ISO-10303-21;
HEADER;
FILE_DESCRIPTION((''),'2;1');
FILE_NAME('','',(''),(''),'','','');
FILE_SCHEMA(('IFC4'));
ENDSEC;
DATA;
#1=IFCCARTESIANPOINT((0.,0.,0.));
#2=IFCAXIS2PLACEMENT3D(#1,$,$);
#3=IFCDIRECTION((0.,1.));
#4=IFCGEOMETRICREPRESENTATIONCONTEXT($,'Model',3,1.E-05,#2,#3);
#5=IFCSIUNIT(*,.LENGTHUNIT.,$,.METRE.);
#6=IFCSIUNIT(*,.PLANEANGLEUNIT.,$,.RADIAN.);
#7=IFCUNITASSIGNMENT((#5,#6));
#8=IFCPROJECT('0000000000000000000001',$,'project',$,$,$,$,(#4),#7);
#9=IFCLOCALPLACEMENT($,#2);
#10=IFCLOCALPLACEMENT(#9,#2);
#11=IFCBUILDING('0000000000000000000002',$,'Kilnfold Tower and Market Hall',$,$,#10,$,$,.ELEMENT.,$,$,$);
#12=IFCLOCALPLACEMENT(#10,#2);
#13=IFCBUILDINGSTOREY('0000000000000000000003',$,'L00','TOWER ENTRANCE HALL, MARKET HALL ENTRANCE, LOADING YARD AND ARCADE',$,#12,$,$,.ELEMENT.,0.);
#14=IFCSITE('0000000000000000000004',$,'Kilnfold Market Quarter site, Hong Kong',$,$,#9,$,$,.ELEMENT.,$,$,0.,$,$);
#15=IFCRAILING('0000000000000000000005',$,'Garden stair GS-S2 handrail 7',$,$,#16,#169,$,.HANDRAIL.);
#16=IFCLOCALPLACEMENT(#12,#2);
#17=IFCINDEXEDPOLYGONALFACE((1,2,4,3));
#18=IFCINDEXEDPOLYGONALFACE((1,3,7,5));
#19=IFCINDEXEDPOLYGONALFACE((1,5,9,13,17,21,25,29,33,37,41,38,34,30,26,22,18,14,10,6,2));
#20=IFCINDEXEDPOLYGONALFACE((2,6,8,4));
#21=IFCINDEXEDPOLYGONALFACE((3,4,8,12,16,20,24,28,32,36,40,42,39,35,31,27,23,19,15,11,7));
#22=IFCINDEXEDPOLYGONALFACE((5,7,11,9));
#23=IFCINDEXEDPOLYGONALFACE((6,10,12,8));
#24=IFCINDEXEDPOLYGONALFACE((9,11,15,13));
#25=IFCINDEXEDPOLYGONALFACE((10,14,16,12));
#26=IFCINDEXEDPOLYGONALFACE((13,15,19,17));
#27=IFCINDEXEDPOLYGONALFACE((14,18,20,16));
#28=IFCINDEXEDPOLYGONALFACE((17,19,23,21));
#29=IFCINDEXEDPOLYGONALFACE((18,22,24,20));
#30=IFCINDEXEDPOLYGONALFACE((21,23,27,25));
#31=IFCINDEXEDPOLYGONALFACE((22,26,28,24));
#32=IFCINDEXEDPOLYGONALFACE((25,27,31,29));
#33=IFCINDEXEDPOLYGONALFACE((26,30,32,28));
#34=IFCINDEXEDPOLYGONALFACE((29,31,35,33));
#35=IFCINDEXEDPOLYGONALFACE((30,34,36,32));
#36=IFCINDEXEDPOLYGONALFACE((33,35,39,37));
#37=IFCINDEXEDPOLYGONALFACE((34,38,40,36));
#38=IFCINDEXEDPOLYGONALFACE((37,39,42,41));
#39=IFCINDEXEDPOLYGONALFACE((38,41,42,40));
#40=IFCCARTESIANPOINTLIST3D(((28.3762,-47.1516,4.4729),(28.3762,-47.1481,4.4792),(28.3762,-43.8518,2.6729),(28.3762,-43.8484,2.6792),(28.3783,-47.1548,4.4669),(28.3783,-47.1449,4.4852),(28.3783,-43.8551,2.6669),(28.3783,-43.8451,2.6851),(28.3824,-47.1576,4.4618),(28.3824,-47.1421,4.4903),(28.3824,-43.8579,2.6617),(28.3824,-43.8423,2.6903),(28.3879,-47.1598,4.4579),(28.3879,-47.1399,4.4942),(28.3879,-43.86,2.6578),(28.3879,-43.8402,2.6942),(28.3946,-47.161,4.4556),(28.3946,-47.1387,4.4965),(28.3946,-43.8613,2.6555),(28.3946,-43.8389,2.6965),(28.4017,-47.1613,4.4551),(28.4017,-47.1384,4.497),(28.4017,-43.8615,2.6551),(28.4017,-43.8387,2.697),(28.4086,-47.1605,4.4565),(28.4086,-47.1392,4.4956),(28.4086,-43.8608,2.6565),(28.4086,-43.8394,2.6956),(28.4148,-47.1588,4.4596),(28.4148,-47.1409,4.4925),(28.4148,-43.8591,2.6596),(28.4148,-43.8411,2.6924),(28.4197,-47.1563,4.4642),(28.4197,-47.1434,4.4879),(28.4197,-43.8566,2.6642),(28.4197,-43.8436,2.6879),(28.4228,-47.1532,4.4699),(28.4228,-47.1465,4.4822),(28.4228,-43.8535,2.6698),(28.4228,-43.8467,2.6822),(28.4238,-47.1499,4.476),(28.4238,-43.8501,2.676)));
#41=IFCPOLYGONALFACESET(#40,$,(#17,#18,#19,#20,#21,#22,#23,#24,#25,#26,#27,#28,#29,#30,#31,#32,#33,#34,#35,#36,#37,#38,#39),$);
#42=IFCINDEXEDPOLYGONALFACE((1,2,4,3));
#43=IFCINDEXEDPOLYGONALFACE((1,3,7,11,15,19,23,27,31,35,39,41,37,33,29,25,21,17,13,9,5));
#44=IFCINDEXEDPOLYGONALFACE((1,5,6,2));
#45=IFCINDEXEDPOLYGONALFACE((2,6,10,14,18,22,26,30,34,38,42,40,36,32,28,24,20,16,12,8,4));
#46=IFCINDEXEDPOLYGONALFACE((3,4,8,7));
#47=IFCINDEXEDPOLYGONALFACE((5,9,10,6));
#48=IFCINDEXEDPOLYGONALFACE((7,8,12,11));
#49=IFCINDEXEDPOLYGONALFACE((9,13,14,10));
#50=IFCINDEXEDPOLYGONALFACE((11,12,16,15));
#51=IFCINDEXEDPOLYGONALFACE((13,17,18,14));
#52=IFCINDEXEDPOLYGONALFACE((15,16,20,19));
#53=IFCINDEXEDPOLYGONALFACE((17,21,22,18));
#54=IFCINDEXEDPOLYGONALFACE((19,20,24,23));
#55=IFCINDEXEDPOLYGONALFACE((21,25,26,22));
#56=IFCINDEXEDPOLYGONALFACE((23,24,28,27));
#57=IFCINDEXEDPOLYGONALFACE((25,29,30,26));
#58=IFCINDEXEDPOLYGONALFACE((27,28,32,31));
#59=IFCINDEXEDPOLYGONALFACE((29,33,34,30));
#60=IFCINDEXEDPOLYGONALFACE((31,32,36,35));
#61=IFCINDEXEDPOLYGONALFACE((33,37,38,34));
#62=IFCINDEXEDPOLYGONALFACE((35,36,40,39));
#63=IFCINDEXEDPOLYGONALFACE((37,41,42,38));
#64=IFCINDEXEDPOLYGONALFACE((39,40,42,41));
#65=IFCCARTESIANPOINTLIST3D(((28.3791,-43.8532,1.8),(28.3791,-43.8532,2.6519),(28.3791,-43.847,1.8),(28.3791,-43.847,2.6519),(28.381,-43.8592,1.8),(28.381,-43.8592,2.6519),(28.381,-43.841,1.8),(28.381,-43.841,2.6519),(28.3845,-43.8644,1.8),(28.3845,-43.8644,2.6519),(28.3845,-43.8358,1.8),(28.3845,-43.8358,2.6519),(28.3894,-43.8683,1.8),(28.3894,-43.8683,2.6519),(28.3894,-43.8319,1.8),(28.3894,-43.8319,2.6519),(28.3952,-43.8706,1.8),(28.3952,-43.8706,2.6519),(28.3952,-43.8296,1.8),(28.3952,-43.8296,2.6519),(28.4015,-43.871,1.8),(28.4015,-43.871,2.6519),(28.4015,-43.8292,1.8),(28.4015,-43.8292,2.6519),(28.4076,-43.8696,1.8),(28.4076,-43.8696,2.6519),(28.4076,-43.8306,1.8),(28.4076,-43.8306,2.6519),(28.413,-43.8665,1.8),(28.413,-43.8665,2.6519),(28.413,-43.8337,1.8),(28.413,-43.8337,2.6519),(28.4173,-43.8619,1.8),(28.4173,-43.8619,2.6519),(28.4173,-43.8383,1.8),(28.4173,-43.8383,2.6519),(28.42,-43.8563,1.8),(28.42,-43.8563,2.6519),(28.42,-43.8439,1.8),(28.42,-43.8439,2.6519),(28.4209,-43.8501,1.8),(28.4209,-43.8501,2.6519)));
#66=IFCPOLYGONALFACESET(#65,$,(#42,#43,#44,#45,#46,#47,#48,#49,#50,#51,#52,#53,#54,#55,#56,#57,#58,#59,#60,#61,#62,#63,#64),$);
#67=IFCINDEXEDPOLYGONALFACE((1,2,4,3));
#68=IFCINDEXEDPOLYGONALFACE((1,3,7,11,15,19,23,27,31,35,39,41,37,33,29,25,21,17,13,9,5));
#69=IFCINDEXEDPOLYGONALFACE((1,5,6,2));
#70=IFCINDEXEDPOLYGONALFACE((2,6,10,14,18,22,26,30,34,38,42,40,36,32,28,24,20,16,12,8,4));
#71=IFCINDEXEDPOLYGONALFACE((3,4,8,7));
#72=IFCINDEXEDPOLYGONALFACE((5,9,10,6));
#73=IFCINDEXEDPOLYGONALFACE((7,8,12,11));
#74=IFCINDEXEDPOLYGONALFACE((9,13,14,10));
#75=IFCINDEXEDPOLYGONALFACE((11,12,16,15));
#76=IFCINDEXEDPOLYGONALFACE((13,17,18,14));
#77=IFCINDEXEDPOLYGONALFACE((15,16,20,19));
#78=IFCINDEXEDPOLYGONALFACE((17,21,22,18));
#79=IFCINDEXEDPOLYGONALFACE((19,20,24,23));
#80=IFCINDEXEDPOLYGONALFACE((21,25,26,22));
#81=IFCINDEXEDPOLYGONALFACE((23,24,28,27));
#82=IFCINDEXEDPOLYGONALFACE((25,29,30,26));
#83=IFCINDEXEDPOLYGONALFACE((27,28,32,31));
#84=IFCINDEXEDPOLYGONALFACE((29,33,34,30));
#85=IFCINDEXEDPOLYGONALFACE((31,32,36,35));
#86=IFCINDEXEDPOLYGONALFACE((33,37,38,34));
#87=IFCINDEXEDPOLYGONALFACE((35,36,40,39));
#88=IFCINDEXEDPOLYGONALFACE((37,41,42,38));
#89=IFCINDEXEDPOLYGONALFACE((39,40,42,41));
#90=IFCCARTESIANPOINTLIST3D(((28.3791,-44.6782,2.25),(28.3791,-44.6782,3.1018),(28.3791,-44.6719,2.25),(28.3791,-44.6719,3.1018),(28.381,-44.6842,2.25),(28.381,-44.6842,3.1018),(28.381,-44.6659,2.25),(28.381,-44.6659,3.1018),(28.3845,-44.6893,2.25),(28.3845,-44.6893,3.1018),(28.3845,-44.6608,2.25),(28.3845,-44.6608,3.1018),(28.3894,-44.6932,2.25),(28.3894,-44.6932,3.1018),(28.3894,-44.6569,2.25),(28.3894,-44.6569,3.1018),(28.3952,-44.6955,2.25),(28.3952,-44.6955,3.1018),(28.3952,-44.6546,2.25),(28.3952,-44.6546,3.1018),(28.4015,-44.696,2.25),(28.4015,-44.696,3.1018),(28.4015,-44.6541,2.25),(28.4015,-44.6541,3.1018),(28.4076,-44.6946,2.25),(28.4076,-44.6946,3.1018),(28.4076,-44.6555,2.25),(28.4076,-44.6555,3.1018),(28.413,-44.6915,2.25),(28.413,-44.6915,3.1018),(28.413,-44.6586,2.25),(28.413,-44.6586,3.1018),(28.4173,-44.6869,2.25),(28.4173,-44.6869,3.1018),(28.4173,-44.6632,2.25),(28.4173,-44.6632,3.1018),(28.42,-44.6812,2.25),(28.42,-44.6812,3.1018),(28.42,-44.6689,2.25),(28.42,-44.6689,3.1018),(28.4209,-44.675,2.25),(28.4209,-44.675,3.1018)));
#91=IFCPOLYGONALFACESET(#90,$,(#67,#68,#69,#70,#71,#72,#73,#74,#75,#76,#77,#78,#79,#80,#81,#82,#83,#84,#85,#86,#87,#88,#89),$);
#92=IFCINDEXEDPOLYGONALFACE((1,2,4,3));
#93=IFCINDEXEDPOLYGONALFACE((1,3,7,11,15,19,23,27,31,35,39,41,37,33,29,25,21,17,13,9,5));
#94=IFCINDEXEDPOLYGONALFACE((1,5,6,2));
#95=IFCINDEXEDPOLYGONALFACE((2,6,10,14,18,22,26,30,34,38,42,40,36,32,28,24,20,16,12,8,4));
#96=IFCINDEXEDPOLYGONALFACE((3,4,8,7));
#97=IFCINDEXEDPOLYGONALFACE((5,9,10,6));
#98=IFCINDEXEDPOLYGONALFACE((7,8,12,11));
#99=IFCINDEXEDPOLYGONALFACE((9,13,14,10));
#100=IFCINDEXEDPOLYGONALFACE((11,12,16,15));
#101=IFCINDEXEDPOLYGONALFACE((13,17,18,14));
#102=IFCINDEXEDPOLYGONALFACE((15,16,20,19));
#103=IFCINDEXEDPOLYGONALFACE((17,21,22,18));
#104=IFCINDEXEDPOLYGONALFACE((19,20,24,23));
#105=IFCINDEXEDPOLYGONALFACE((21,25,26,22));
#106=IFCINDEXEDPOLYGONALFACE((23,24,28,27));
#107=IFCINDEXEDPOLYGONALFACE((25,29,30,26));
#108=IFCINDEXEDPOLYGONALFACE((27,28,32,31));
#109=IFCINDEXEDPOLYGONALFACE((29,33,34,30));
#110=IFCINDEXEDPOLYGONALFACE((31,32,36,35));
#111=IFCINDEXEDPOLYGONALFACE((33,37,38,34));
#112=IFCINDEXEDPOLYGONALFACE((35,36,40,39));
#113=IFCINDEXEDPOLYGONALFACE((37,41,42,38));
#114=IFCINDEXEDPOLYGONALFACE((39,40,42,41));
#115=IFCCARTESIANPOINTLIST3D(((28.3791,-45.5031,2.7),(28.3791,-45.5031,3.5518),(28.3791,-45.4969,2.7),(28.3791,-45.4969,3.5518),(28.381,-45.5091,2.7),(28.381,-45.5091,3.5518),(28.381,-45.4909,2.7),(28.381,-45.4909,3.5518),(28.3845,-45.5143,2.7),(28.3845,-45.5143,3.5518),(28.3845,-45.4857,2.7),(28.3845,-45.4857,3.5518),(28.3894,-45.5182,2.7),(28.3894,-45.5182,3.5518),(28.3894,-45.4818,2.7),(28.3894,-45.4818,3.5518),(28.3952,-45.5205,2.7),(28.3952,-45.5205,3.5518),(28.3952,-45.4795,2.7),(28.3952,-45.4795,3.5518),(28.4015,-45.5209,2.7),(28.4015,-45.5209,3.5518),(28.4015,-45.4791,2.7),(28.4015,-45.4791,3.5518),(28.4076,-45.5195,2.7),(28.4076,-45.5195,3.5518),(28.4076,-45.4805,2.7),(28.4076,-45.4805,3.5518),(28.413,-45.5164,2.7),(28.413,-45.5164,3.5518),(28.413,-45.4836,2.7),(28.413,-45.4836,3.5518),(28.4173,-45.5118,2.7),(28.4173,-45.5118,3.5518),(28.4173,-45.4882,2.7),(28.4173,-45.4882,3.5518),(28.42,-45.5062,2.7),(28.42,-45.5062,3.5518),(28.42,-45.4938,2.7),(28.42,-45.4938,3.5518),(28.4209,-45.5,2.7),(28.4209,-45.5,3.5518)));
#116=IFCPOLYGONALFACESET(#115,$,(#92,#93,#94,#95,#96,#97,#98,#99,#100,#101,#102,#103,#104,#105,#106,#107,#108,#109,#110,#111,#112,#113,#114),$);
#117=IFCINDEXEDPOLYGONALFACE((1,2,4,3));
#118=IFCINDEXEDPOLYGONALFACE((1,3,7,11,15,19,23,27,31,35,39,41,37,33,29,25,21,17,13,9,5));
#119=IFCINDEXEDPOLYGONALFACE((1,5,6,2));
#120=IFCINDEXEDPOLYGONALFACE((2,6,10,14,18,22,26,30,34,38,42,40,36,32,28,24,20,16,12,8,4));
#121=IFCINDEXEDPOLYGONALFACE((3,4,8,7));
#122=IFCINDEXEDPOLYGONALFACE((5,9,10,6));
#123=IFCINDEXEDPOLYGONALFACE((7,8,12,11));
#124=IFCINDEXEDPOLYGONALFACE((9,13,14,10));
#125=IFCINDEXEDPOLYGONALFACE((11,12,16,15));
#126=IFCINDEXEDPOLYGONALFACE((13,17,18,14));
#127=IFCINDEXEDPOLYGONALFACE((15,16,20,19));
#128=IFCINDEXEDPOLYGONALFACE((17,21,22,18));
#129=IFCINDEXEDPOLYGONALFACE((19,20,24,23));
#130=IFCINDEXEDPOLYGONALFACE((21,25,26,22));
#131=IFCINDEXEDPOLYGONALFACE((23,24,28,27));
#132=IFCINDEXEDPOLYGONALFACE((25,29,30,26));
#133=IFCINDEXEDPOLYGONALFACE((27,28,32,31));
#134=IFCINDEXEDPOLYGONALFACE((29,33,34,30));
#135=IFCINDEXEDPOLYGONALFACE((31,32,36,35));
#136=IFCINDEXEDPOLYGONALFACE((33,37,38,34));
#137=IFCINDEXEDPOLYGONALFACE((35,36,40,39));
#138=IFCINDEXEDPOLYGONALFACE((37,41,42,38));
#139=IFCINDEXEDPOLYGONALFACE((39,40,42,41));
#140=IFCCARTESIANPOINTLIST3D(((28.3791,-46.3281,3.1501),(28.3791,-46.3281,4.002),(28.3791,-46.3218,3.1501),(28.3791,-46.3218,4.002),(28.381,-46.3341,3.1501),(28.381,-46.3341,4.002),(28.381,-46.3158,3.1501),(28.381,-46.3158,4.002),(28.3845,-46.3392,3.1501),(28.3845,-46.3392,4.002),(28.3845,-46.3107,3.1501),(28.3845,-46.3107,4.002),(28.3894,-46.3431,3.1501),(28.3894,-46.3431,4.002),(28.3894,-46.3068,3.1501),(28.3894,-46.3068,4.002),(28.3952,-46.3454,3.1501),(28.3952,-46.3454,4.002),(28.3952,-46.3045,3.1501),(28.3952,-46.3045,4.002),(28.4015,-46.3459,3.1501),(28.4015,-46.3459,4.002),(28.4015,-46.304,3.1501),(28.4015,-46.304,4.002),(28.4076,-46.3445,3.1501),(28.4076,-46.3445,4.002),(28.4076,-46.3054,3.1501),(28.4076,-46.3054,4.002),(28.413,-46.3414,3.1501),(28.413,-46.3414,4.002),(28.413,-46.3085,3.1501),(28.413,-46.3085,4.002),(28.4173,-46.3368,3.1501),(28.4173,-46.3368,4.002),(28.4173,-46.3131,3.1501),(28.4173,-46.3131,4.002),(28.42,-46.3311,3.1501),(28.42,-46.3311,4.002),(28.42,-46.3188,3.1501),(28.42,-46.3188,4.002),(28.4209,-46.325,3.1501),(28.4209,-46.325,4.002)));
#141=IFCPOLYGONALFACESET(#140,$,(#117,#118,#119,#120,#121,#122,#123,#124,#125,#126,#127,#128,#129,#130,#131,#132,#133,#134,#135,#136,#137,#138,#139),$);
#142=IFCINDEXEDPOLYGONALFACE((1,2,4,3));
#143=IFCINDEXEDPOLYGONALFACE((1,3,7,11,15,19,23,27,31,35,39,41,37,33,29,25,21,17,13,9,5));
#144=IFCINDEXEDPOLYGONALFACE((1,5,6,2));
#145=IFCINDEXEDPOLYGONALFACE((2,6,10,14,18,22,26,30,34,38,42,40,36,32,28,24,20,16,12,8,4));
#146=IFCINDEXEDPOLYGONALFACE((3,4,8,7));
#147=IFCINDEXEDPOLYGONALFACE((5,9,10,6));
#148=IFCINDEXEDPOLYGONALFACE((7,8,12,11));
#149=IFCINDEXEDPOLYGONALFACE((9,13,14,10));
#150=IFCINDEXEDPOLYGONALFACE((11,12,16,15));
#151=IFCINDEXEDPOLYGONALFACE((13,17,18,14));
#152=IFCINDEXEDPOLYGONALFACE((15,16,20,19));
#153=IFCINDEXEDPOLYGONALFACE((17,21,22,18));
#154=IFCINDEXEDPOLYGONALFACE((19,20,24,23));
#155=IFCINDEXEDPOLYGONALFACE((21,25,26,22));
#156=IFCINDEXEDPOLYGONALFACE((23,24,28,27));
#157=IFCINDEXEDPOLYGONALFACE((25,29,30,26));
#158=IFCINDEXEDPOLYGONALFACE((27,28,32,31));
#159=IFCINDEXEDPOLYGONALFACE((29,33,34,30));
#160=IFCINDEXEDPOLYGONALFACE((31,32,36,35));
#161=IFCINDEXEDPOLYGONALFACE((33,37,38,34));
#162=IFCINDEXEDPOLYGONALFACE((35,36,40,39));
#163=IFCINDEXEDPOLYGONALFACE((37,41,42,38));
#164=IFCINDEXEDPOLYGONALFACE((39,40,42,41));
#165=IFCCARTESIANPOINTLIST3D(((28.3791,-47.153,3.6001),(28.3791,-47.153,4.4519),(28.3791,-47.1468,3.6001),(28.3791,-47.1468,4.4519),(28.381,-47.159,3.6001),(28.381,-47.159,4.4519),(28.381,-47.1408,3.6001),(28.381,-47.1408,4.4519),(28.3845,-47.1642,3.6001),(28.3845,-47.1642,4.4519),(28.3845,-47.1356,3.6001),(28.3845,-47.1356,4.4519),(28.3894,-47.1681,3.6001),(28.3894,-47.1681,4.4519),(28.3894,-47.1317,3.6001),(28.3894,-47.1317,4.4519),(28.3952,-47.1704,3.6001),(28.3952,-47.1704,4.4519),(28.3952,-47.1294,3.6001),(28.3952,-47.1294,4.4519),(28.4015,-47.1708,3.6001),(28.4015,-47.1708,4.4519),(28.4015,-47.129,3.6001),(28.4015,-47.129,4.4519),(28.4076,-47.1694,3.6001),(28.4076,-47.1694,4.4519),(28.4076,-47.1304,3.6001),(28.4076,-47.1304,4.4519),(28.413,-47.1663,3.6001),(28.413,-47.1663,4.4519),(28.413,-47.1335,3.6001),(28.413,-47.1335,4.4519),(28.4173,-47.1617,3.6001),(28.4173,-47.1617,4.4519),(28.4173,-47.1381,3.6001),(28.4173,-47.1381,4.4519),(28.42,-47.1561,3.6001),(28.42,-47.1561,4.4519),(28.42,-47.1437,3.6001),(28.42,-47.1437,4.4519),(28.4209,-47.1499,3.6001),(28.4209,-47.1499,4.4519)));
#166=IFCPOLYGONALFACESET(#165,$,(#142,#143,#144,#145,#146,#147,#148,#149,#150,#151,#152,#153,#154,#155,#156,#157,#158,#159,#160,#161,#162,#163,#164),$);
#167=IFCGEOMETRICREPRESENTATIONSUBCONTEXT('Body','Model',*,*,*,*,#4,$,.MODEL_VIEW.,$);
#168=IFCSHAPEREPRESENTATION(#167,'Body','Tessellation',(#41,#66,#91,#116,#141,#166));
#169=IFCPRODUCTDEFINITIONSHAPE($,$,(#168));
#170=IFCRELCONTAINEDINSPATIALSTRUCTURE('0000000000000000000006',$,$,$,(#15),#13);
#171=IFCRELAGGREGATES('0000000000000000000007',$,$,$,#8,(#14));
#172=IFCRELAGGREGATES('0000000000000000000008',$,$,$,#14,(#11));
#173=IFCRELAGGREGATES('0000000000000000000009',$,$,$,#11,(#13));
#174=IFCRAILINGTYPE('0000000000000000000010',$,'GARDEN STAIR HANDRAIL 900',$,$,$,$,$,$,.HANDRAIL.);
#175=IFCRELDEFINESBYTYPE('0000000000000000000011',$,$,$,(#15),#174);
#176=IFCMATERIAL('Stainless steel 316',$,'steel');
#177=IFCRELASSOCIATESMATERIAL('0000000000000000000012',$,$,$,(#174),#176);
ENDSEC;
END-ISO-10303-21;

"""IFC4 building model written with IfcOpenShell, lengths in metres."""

from ifc_helpers import new_model, si_unit, direction, frame, origin, origin_2d, place, context, subcontext, project, spatial, circle, extrude, material, type_object, element, save


model = new_model("IFC4")

# Units and contexts
model_context = context("Model", 3, precision=1e-05, world=origin(), true_north=direction((0.0, 1.0)))
body_context = subcontext(model_context, "Body", "Model", "MODEL_VIEW")
ifc_project = project(units=[si_unit("LENGTHUNIT", "METRE"), si_unit("PLANEANGLEUNIT", "RADIAN")], contexts=[model_context])

# Site, building, storey
site_placement = place(None, origin())
site = spatial("IfcSite", under=ifc_project, at=site_placement, Name="Kilnfold Market Quarter site, Hong Kong", CompositionType="ELEMENT", RefElevation=0.0)
building_placement = place(site_placement, origin())
building = spatial("IfcBuilding", under=site, at=building_placement, Name="Kilnfold Tower and Market Hall", CompositionType="ELEMENT")
storey_placement = place(building_placement, origin())
storey = spatial("IfcBuildingStorey", under=building, at=storey_placement, Name="L00", Description="TOWER ENTRANCE HALL, MARKET HALL ENTRANCE, LOADING YARD AND ARCADE", CompositionType="ELEMENT", Elevation=0.0)

# Railing
ifc_material_1 = material(Name="Stainless steel 316", Category="steel")
railing_type_1 = type_object("IfcRailingType", Name="GARDEN STAIR HANDRAIL 900", PredefinedType="HANDRAIL", material=ifc_material_1)
railing_1_placement = place(storey_placement, frame((28.3999, -43.8501, 1.8)))
element("IfcRailing", 1, at=railing_1_placement, inside=storey, type_object=railing_type_1, Name="Garden stair GS-S2 handrail 7", PredefinedType="HANDRAIL", context=body_context, shape_type="SweptSolid", body=[
    extrude(circle(Radius=0.0239, at=origin_2d()), frame((0.0, 0.0, 0.876), z_axis=(0.0, -0.877878, 0.478884), x_axis=(1.0, 0.0, 0.0)), (0.0, 0.0, 1.0), 3.7588),
    extrude(circle(Radius=0.021, at=origin_2d()), origin(), (0.0, 0.0, 1.0), 0.8518),
    extrude(circle(Radius=0.021, at=origin_2d()), frame((0.0, -0.825, 0.45)), (0.0, 0.0, 1.0), 0.8518),
    extrude(circle(Radius=0.021, at=origin_2d()), frame((0.0, -1.6499, 0.8999)), (0.0, 0.0, 1.0), 0.8518),
    extrude(circle(Radius=0.021, at=origin_2d()), frame((0.0, -2.4749, 1.3501)), (0.0, 0.0, 1.0), 0.8518),
    extrude(circle(Radius=0.021, at=origin_2d()), frame((0.0, -3.2998, 1.8)), (0.0, 0.0, 1.0), 0.8518),
])

save(model, "model.ifc")
